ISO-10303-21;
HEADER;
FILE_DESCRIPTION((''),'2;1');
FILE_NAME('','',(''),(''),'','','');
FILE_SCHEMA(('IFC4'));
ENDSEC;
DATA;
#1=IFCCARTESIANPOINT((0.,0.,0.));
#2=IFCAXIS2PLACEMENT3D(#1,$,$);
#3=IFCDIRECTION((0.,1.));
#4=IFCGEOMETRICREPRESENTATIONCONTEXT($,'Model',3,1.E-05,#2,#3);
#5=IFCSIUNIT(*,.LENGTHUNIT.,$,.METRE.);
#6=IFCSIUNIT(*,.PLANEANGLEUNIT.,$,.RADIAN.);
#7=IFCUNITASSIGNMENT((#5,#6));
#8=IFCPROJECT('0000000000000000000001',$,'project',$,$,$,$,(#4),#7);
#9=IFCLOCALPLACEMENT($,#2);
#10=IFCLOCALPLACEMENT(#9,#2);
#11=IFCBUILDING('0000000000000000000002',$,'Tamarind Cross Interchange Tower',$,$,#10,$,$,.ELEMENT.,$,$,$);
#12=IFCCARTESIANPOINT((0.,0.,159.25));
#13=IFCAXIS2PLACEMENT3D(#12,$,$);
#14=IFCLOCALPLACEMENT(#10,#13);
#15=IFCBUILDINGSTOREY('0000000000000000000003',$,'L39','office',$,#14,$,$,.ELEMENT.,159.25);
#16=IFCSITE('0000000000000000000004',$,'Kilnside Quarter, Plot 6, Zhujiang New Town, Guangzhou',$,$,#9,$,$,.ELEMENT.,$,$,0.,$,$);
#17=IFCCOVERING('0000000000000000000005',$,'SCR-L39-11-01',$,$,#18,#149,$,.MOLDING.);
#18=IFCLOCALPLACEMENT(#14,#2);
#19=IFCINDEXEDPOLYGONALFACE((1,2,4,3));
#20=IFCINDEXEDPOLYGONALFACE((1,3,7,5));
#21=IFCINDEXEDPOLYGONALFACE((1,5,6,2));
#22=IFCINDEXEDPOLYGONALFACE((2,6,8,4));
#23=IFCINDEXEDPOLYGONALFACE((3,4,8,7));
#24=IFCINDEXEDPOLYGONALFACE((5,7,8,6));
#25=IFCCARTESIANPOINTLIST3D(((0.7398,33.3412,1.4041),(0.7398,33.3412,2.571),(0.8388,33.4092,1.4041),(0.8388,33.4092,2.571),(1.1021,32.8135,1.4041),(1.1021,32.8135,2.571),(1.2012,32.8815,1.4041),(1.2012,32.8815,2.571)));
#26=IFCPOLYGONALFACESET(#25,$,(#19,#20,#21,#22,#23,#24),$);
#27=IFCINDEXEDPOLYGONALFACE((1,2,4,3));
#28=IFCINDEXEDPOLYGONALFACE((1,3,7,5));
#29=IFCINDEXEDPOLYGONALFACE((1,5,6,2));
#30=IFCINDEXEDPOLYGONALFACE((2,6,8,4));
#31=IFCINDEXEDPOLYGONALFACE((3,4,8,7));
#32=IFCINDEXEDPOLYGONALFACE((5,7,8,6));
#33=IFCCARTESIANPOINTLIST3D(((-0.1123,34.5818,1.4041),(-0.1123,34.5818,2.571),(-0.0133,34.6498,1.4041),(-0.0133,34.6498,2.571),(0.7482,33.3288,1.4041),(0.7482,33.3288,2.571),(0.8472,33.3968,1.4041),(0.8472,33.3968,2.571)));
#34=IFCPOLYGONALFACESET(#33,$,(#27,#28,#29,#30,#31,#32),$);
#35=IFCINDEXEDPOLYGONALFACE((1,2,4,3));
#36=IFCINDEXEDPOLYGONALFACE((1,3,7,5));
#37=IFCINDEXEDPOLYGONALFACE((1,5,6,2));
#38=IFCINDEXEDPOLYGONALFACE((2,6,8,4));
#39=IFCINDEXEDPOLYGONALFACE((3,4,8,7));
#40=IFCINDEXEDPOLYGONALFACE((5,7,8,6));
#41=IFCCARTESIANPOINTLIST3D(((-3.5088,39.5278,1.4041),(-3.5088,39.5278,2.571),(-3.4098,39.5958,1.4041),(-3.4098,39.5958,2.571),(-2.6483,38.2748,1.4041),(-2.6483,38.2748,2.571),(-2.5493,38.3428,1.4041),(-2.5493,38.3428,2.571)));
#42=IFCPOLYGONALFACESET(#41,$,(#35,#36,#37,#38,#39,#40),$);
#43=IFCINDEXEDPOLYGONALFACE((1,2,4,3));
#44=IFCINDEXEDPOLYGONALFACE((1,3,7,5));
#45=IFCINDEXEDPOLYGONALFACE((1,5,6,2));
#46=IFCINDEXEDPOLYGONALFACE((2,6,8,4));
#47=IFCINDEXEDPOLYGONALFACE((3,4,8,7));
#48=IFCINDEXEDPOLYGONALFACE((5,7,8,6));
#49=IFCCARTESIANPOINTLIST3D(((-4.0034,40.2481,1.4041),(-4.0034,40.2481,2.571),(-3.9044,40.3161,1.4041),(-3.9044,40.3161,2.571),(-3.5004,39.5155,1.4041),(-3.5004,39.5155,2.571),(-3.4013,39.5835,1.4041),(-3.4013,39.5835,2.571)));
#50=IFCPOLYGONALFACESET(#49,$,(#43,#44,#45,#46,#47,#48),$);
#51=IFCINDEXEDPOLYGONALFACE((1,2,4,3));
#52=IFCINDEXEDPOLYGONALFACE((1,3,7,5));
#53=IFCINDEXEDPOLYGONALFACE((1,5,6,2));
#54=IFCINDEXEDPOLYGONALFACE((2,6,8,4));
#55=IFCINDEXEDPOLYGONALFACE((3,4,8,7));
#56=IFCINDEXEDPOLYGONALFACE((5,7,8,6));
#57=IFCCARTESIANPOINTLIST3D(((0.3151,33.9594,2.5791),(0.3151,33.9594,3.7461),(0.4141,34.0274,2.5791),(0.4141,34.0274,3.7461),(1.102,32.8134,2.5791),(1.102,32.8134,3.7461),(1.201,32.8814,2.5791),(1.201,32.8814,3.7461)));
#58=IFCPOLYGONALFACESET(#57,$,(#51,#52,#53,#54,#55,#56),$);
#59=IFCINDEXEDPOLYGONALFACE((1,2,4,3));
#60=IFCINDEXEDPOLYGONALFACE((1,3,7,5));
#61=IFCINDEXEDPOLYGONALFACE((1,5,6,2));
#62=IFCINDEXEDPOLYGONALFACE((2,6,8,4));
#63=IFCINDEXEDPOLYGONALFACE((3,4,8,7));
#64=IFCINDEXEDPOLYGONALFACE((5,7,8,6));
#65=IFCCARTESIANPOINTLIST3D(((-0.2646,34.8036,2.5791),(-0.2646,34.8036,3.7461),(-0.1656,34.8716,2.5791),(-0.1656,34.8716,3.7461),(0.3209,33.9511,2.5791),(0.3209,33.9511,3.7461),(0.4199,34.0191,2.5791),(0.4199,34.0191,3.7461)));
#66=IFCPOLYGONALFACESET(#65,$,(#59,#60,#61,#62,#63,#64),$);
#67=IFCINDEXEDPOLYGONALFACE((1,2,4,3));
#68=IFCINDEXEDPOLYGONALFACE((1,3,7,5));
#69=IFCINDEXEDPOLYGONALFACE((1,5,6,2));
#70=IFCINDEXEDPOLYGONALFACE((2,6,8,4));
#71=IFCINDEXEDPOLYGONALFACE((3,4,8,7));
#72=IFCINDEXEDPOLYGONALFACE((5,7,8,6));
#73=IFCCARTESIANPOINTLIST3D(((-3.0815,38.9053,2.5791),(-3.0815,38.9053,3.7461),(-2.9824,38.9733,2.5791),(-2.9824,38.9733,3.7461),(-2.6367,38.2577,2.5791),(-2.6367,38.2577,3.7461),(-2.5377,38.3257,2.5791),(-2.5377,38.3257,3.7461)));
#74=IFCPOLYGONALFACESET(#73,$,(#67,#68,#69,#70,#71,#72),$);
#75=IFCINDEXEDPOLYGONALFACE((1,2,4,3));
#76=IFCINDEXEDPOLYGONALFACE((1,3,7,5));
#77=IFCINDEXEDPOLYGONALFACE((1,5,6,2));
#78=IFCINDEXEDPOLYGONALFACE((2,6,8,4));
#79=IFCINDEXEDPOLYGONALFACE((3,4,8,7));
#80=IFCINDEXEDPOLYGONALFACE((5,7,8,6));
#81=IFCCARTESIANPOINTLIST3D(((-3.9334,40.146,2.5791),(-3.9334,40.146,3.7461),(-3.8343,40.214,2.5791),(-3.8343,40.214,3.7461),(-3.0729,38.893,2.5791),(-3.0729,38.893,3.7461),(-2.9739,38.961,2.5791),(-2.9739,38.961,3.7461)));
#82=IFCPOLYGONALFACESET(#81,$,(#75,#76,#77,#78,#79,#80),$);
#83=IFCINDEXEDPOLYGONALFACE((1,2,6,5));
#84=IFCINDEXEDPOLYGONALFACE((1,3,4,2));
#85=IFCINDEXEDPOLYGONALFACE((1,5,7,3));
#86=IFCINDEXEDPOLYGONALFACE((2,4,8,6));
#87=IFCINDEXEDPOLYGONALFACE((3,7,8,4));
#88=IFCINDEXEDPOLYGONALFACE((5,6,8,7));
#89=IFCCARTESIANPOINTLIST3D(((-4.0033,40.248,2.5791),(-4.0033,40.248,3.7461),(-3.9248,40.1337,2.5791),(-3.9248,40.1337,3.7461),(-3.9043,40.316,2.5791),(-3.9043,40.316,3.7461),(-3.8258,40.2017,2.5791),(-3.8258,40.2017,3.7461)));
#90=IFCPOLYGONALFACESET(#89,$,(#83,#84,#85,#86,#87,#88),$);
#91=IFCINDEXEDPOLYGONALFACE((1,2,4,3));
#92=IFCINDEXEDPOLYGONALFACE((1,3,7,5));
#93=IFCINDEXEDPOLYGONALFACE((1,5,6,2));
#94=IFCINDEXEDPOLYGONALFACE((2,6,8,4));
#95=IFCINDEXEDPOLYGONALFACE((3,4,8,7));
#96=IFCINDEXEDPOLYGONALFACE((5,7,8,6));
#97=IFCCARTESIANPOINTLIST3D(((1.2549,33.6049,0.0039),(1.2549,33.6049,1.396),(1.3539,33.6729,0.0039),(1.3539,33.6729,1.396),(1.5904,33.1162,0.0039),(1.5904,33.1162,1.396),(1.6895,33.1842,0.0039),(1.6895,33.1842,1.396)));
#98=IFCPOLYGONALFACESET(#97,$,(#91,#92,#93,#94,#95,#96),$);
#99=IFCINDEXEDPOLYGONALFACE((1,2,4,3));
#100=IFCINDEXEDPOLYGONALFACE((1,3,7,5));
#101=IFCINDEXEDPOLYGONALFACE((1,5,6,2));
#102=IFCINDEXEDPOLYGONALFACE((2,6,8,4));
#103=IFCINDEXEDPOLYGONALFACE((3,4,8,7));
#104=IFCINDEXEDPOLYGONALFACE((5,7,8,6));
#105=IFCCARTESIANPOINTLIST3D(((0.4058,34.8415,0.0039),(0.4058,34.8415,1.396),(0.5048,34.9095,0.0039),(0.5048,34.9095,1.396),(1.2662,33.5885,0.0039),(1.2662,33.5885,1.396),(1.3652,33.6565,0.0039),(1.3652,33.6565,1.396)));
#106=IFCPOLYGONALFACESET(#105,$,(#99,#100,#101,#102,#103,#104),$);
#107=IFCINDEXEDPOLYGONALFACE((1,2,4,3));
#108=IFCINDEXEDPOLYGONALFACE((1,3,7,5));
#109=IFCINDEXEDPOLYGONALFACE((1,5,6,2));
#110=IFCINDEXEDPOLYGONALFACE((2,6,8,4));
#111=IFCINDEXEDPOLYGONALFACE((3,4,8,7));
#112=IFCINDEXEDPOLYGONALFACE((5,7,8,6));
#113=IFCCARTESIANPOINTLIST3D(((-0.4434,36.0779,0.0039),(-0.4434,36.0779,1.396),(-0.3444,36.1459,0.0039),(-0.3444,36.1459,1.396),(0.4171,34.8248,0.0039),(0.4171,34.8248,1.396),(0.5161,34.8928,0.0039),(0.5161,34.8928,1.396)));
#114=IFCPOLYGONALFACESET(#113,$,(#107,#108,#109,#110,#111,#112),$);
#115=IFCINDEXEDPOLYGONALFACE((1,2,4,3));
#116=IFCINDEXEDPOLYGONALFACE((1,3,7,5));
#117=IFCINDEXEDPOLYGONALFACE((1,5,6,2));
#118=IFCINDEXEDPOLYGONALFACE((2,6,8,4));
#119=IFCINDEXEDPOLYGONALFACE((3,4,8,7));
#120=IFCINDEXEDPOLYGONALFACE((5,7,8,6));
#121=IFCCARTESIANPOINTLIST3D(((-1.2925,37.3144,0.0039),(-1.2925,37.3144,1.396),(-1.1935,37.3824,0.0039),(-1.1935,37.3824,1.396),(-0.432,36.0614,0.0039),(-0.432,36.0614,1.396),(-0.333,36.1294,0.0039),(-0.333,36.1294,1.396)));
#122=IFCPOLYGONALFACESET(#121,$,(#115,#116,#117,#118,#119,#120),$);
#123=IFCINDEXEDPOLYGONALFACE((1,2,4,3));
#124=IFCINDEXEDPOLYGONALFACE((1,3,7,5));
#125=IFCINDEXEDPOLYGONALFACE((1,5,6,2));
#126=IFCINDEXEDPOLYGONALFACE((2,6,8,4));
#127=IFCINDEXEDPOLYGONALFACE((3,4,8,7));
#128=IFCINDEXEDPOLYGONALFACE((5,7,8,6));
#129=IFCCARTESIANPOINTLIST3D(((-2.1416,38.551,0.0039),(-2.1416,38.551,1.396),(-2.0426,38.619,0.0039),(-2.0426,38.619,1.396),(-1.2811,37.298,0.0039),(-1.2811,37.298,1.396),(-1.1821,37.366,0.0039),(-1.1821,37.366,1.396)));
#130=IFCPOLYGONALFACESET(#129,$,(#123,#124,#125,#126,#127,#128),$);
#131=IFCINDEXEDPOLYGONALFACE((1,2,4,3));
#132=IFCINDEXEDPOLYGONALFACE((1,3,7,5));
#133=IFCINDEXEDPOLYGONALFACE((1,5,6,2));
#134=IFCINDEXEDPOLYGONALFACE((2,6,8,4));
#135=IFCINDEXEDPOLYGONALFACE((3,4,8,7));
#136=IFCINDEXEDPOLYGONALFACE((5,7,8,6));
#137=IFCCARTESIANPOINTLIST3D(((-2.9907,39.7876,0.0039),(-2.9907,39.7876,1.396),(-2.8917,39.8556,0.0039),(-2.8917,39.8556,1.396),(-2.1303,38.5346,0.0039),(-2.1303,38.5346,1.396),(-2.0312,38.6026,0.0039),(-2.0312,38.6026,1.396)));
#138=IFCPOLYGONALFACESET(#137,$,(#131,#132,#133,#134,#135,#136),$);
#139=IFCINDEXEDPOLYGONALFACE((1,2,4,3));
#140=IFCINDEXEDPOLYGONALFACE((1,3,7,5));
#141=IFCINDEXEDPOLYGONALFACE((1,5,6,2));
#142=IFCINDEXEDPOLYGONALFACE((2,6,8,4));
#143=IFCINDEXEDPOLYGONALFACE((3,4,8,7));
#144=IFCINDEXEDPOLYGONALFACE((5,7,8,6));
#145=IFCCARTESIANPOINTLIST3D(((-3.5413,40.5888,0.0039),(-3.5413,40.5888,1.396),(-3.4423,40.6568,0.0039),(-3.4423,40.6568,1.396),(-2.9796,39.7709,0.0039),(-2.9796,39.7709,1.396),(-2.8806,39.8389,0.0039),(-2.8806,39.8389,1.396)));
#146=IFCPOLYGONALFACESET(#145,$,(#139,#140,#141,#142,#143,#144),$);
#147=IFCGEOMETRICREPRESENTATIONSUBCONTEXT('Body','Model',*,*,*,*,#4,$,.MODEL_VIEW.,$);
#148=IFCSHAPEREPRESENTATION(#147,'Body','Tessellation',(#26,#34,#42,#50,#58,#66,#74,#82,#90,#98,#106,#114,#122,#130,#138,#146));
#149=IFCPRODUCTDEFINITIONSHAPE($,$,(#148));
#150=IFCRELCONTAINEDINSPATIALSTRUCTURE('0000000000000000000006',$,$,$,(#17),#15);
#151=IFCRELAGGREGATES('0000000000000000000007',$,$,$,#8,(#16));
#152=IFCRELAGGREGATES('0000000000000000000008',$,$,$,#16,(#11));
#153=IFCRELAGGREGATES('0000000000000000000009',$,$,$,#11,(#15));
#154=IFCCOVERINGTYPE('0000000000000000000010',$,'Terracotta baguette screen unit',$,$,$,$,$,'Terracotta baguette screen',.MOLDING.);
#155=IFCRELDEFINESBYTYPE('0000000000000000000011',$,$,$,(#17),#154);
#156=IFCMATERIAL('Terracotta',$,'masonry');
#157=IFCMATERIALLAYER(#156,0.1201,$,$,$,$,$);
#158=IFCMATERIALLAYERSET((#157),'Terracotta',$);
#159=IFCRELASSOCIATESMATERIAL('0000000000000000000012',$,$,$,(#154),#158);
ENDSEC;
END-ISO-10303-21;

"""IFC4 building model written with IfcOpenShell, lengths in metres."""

from ifc_helpers import new_model, si_unit, direction, frame, origin, origin_2d, place, context, subcontext, project, spatial, rectangle, extrude, material, layer, layer_set, type_object, element, save


model = new_model("IFC4")

# Units and contexts
model_context = context("Model", 3, precision=1e-05, world=origin(), true_north=direction((0.0, 1.0)))
body_context = subcontext(model_context, "Body", "Model", "MODEL_VIEW")
ifc_project = project(units=[si_unit("LENGTHUNIT", "METRE"), si_unit("PLANEANGLEUNIT", "RADIAN")], contexts=[model_context])

# Site, building, storey
site_placement = place(None, origin())
site = spatial("IfcSite", under=ifc_project, at=site_placement, Name="Kilnside Quarter, Plot 6, Zhujiang New Town, Guangzhou", CompositionType="ELEMENT", RefElevation=0.0)
building_placement = place(site_placement, origin())
building = spatial("IfcBuilding", under=site, at=building_placement, Name="Tamarind Cross Interchange Tower", CompositionType="ELEMENT")
storey_placement = place(building_placement, frame((0.0, 0.0, 159.25)))
storey = spatial("IfcBuildingStorey", under=building, at=storey_placement, Name="L39", Description="office", CompositionType="ELEMENT", Elevation=159.25)

# Covering
ifc_material_1 = material(Name="Terracotta", Category="masonry")
ifc_layer_1 = layer(ifc_material_1, 0.1201)
ifc_layer_set_1 = layer_set([ifc_layer_1], Name="Terracotta")
covering_type = type_object("IfcCoveringType", Name="Terracotta baguette screen unit", ElementType="Terracotta baguette screen", PredefinedType="MOLDING", material=ifc_layer_set_1)
covering_1_placement = place(storey_placement, origin())
element("IfcCovering", 1, at=covering_1_placement, inside=storey, type_object=covering_type, Name="SCR-L39-11-01", PredefinedType="MOLDING", context=body_context, shape_type="SweptSolid", body=[
    extrude(rectangle(XDim=0.6401, YDim=0.1201, at=origin_2d()), frame((0.9705, 33.1113, 1.4041), z_axis=(0.0, 0.0, 1.0), x_axis=(-0.566096, 0.82434, 0.0)), (0.0, 0.0, 1.0), 1.167),
    extrude(rectangle(XDim=1.52, YDim=0.1201, at=origin_2d()), frame((0.3674, 33.9893, 1.4041), z_axis=(0.0, 0.0, 1.0), x_axis=(-0.566096, 0.82434, 0.0)), (0.0, 0.0, 1.0), 1.167),
    extrude(rectangle(XDim=1.52, YDim=0.1201, at=origin_2d()), frame((-3.0291, 38.9353, 1.4041), z_axis=(0.0, 0.0, 1.0), x_axis=(-0.566096, 0.82434, 0.0)), (0.0, 0.0, 1.0), 1.167),
    extrude(rectangle(XDim=0.8887, YDim=0.1201, at=origin_2d()), frame((-3.7024, 39.9158, 1.4041), z_axis=(0.0, 0.0, 1.0), x_axis=(-0.566096, 0.82434, 0.0)), (0.0, 0.0, 1.0), 1.167),
    extrude(rectangle(XDim=1.3901, YDim=0.1201, at=origin_2d()), frame((0.7581, 33.4204, 2.5791), z_axis=(0.0, 0.0, 1.0), x_axis=(-0.566096, 0.82434, 0.0)), (0.0, 0.0, 1.0), 1.167),
    extrude(rectangle(XDim=1.0342, YDim=0.1201, at=origin_2d()), frame((0.0776, 34.4114, 2.5791), z_axis=(0.0, 0.0, 1.0), x_axis=(-0.566096, 0.82434, 0.0)), (0.0, 0.0, 1.0), 1.167),
    extrude(rectangle(XDim=0.7856, YDim=0.1201, at=origin_2d()), frame((-2.8096, 38.6155, 2.5791), z_axis=(0.0, 0.0, 1.0), x_axis=(-0.566096, 0.82434, 0.0)), (0.0, 0.0, 1.0), 1.167),
    extrude(rectangle(XDim=1.52, YDim=0.1201, at=origin_2d()), frame((-3.4536, 39.5535, 2.5791), z_axis=(0.0, 0.0, 1.0), x_axis=(-0.566096, 0.82434, 0.0)), (0.0, 0.0, 1.0), 1.167),
    extrude(rectangle(XDim=0.1387, YDim=0.1201, at=origin_2d()), frame((-3.9146, 40.2249, 2.5791), z_axis=(0.0, 0.0, 1.0), x_axis=(-0.566096, 0.82434, 0.0)), (0.0, 0.0, 1.0), 1.167),
    extrude(rectangle(XDim=0.5928, YDim=0.1201, at=origin_2d()), frame((1.4722, 33.3945, 0.0039), z_axis=(0.0, 0.0, 1.0), x_axis=(-0.566096, 0.82434, 0.0)), (0.0, 0.0, 1.0), 1.3921),
    extrude(rectangle(XDim=1.52, YDim=0.1201, at=origin_2d()), frame((0.8855, 34.249, 0.0039), z_axis=(0.0, 0.0, 1.0), x_axis=(-0.566096, 0.82434, 0.0)), (0.0, 0.0, 1.0), 1.3921),
    extrude(rectangle(XDim=1.52, YDim=0.1201, at=origin_2d()), frame((0.0364, 35.4854, 0.0039), z_axis=(0.0, 0.0, 1.0), x_axis=(-0.566096, 0.82434, 0.0)), (0.0, 0.0, 1.0), 1.3921),
    extrude(rectangle(XDim=1.52, YDim=0.1201, at=origin_2d()), frame((-0.8127, 36.7219, 0.0039), z_axis=(0.0, 0.0, 1.0), x_axis=(-0.566096, 0.82434, 0.0)), (0.0, 0.0, 1.0), 1.3921),
    extrude(rectangle(XDim=1.52, YDim=0.1201, at=origin_2d()), frame((-1.6619, 37.9585, 0.0039), z_axis=(0.0, 0.0, 1.0), x_axis=(-0.566096, 0.82434, 0.0)), (0.0, 0.0, 1.0), 1.3921),
    extrude(rectangle(XDim=1.52, YDim=0.1201, at=origin_2d()), frame((-2.511, 39.1951, 0.0039), z_axis=(0.0, 0.0, 1.0), x_axis=(-0.566096, 0.82434, 0.0)), (0.0, 0.0, 1.0), 1.3921),
    extrude(rectangle(XDim=0.9922, YDim=0.1201, at=origin_2d()), frame((-3.2109, 40.2139, 0.0039), z_axis=(0.0, 0.0, 1.0), x_axis=(-0.566096, 0.82434, 0.0)), (0.0, 0.0, 1.0), 1.3921),
])

save(model, "model.ifc")
